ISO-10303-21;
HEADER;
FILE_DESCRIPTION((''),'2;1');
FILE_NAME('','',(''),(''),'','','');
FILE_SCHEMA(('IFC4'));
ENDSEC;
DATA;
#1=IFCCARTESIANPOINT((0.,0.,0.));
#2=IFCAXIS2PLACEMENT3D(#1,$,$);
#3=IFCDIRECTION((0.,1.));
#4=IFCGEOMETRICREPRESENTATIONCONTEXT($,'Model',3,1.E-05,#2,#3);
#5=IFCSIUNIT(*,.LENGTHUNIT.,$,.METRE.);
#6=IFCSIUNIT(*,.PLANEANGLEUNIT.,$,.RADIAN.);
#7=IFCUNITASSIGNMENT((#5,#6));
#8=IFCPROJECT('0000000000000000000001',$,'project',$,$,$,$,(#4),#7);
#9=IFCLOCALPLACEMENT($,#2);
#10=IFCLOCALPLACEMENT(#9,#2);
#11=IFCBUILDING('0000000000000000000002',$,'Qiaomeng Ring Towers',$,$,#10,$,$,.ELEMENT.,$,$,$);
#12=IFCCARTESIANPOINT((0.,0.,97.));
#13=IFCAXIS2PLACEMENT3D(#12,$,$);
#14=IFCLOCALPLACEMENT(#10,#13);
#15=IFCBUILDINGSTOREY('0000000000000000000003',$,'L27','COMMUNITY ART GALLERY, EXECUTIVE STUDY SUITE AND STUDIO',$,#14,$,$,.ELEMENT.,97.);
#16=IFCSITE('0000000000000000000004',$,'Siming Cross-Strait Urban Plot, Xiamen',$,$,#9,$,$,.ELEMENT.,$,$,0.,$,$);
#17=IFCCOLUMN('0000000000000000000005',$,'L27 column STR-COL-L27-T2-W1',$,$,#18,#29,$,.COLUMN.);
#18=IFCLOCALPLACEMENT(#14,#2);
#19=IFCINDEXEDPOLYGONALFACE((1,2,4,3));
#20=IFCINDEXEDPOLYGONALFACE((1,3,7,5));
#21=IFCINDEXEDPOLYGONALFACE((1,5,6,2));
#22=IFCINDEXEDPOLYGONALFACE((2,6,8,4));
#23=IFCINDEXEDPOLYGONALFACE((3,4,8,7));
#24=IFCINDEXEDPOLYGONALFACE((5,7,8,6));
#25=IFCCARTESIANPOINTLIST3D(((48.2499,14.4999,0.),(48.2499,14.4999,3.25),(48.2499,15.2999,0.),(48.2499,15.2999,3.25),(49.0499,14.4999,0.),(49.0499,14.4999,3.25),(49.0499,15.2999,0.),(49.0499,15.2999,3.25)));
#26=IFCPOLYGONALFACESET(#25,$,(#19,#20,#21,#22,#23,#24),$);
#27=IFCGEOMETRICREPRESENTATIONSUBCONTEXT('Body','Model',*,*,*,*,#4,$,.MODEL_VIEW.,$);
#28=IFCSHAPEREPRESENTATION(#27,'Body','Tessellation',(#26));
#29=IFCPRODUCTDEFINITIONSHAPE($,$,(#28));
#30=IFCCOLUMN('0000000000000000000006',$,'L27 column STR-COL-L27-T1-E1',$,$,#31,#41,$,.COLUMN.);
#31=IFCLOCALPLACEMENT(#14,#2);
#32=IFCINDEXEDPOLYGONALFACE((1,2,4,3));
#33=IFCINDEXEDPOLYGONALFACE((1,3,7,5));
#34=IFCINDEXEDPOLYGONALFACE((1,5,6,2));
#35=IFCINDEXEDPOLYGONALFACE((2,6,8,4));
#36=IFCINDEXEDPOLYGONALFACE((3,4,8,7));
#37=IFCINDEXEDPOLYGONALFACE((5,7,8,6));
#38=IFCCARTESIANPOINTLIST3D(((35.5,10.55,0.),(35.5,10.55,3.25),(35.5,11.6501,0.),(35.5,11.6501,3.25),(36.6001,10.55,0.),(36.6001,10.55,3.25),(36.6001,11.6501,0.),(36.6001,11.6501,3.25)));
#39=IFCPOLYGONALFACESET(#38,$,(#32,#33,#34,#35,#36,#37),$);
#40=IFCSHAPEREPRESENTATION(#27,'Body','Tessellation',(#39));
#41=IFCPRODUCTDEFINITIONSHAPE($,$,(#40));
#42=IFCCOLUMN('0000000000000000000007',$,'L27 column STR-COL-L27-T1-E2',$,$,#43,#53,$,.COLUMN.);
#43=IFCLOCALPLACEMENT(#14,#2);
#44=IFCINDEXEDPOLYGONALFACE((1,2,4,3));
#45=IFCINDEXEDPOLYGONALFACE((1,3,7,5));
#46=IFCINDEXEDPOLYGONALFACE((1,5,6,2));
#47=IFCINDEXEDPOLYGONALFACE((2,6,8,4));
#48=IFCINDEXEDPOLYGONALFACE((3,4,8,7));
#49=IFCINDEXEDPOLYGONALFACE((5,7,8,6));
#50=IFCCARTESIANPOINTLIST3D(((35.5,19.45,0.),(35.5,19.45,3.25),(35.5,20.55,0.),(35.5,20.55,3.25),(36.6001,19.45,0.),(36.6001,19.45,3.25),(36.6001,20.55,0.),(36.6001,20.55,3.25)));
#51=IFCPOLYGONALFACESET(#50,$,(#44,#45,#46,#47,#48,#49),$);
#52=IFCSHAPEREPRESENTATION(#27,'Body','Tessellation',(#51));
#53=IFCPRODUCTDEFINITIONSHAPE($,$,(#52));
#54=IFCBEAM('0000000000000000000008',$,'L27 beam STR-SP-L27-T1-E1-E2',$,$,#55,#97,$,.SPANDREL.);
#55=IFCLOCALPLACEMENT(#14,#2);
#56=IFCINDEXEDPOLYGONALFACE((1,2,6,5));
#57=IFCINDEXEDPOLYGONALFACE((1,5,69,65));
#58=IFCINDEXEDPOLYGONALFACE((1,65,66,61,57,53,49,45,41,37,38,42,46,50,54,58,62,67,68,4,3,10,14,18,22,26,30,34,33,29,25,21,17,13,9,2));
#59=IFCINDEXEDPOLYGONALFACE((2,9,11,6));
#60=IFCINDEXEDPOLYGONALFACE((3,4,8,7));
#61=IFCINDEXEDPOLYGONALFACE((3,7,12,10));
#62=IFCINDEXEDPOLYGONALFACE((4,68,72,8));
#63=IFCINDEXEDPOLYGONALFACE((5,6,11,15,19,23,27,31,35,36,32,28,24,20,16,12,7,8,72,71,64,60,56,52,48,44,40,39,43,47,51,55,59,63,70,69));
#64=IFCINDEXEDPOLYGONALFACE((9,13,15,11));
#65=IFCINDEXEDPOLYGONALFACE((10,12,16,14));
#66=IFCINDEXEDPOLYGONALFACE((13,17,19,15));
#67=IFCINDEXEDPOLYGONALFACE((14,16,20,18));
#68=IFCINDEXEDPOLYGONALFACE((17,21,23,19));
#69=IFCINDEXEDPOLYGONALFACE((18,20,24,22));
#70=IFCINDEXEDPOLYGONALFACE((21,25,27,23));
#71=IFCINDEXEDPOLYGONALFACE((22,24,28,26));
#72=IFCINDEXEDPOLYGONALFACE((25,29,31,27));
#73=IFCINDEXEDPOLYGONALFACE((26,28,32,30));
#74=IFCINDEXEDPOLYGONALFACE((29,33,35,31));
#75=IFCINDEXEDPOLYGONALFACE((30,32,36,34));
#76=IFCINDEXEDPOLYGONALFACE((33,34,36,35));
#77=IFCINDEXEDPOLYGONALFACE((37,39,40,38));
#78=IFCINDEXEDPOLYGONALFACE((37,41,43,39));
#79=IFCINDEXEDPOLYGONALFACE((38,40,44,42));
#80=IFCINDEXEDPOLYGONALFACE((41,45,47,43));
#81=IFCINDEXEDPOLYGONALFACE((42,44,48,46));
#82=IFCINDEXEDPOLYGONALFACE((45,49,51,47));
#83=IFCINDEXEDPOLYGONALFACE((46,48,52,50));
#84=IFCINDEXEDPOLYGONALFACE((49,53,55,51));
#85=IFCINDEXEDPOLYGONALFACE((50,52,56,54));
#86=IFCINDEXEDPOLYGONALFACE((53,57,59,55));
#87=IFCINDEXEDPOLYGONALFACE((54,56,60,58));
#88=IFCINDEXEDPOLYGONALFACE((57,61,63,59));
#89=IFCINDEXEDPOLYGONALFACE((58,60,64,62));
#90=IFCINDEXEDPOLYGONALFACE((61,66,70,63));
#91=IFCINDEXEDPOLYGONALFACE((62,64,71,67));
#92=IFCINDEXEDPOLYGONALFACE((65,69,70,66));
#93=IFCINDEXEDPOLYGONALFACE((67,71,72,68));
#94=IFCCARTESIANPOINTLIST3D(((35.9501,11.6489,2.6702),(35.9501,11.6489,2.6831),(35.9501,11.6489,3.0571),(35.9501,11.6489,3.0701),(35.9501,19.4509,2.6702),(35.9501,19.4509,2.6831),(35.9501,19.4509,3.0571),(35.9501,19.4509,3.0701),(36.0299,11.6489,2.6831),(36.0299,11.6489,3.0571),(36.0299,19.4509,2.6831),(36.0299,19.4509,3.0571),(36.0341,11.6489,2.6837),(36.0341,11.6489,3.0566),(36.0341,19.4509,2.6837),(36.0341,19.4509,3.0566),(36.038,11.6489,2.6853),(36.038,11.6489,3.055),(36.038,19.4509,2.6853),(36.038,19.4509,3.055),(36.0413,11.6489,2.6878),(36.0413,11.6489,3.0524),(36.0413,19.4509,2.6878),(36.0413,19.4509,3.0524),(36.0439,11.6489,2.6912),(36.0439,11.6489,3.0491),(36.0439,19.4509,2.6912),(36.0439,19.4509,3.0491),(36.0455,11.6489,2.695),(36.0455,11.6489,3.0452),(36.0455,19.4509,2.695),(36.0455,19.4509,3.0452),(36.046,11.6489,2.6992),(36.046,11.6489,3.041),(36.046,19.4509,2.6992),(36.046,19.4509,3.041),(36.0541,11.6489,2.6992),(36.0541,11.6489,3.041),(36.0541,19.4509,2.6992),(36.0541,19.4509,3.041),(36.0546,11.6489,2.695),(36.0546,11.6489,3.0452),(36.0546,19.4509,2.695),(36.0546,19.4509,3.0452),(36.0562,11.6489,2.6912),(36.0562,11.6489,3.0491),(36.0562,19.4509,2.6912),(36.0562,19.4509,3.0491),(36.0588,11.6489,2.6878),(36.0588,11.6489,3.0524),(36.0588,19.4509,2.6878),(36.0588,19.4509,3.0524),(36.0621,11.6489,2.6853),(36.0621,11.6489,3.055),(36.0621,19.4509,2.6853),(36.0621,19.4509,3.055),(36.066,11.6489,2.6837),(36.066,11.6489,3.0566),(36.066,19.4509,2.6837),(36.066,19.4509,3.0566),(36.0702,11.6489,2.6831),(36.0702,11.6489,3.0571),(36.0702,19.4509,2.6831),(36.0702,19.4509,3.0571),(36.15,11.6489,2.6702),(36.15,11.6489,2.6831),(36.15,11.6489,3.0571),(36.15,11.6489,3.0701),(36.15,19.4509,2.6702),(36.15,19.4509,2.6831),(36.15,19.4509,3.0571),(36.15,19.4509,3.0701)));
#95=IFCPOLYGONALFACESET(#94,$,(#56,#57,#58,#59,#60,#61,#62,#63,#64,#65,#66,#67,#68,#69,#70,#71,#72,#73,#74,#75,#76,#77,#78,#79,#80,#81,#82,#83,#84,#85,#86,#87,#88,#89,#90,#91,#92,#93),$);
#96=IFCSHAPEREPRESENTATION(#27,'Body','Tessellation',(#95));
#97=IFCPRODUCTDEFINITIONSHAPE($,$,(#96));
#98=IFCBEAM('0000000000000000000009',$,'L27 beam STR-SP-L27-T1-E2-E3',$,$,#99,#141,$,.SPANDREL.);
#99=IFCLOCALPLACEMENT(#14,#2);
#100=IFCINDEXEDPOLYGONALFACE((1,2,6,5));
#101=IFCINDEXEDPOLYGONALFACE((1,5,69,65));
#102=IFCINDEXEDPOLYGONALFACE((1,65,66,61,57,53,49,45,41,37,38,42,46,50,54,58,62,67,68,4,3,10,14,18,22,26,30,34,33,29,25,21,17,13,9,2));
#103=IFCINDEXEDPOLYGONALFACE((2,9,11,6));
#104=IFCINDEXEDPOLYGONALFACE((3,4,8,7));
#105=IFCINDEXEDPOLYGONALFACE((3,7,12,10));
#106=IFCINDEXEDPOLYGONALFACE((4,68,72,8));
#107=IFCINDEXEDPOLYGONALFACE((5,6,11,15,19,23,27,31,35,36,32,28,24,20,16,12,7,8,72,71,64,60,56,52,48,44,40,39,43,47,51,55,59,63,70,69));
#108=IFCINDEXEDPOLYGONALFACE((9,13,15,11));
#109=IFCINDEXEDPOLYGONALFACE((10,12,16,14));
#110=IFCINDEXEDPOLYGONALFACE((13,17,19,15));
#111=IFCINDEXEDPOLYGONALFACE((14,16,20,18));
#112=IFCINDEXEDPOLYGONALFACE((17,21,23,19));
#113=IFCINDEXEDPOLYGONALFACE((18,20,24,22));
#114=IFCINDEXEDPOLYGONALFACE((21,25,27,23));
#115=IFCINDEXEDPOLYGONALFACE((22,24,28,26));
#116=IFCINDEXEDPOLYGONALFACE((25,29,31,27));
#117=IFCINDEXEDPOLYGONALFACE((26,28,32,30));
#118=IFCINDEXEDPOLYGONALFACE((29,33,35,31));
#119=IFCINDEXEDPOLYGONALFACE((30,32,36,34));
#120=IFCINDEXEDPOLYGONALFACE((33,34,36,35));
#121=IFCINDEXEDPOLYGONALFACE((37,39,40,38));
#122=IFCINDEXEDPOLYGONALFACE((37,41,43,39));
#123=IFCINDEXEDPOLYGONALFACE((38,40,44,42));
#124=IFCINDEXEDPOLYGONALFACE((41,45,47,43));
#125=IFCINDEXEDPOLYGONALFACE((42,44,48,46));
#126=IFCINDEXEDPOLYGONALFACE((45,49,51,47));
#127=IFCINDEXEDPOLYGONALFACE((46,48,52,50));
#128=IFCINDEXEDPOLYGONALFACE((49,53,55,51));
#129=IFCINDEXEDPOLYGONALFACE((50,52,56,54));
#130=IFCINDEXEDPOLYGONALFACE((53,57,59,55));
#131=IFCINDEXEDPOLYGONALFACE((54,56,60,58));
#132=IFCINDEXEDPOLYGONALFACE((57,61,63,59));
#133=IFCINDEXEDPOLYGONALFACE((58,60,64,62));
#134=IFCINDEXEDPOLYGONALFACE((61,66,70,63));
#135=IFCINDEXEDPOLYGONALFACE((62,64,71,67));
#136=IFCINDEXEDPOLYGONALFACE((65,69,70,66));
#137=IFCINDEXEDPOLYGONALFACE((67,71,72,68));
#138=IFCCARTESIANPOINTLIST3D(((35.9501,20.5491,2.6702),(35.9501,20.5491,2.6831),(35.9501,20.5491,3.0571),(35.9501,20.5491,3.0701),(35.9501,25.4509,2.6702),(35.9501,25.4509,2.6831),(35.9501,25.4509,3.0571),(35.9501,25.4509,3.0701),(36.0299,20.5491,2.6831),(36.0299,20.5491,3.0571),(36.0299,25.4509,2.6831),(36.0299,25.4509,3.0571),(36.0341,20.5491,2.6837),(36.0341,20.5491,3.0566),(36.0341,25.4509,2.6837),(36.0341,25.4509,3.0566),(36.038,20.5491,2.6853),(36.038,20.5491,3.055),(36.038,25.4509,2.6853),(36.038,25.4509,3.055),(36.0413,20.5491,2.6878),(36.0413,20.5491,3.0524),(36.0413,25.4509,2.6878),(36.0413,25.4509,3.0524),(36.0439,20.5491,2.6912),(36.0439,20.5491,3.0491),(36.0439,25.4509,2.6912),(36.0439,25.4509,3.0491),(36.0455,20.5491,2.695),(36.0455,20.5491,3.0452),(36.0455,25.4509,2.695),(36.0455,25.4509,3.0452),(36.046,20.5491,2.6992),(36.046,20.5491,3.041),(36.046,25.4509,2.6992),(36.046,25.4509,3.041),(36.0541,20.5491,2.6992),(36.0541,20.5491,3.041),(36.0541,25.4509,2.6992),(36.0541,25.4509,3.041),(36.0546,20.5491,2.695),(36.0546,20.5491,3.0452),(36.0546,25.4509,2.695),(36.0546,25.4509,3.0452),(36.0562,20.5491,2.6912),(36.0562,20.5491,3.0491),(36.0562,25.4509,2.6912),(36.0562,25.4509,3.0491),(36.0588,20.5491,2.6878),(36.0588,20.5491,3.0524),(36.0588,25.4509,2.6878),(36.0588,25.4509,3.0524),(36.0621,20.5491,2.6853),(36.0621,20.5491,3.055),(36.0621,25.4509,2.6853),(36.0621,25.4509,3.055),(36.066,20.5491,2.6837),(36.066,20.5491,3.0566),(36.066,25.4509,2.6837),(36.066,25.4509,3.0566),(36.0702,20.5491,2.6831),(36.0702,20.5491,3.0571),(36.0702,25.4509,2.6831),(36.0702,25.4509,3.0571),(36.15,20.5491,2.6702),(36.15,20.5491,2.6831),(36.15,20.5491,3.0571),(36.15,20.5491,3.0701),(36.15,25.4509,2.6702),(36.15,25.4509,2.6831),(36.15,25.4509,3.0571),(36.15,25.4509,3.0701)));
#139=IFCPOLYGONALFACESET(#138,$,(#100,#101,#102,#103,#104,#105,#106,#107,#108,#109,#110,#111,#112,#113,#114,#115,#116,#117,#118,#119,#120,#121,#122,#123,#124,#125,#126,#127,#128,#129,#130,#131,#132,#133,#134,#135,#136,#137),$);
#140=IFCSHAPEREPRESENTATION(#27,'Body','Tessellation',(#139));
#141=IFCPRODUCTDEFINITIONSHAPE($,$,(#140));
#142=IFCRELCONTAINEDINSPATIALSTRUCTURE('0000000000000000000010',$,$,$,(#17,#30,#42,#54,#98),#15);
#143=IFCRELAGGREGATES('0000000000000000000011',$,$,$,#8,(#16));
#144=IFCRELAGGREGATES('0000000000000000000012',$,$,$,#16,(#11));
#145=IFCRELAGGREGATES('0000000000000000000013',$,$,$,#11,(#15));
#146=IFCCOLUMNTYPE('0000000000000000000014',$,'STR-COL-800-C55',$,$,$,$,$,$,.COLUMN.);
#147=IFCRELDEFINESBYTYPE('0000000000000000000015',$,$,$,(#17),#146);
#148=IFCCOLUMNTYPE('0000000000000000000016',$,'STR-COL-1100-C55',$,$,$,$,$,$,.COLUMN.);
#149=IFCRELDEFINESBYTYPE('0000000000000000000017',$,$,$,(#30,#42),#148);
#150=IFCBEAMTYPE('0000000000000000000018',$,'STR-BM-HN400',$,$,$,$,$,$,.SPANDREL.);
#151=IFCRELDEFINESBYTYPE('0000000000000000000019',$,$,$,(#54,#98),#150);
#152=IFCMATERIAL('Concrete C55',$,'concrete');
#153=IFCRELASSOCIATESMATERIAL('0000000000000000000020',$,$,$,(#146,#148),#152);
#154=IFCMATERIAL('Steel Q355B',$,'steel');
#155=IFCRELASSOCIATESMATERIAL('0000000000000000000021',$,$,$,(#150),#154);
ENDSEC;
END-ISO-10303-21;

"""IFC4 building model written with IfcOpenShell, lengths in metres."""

from ifc_helpers import new_model, si_unit, direction, frame, origin, origin_2d, place, context, subcontext, project, spatial, rectangle, i_section, extrude, source, transform, mapped, material, material_profile, profile_set, type_object, element, save


model = new_model("IFC4")

# Units and contexts
model_context = context("Model", 3, precision=1e-05, world=origin(), true_north=direction((0.0, 1.0)))
body_context = subcontext(model_context, "Body", "Model", "MODEL_VIEW")
ifc_project = project(units=[si_unit("LENGTHUNIT", "METRE"), si_unit("PLANEANGLEUNIT", "RADIAN")], contexts=[model_context])

# Site, building, storey
site_placement = place(None, origin())
site = spatial("IfcSite", under=ifc_project, at=site_placement, Name="Siming Cross-Strait Urban Plot, Xiamen", CompositionType="ELEMENT", RefElevation=0.0)
building_placement = place(site_placement, origin())
building = spatial("IfcBuilding", under=site, at=building_placement, Name="Qiaomeng Ring Towers", CompositionType="ELEMENT")
storey_placement = place(building_placement, frame((0.0, 0.0, 97.0)))
storey = spatial("IfcBuildingStorey", under=building, at=storey_placement, Name="L27", Description="COMMUNITY ART GALLERY, EXECUTIVE STUDY SUITE AND STUDIO", CompositionType="ELEMENT", Elevation=97.0)

# Columns
ifc_material_1 = material(Name="Concrete C55", Category="concrete")
ifc_material_profile_1 = material_profile(ifc_material_1, rectangle(XDim=0.8, YDim=0.8, at=origin_2d()), Name="RC COL 800x800")
ifc_profile_set_1 = profile_set([ifc_material_profile_1], Name="Concrete C55")
column_type_1 = type_object("IfcColumnType", Name="STR-COL-800-C55", PredefinedType="COLUMN", material=ifc_profile_set_1)
shared_shape_1 = source(origin(), body_context, "Body", "SweptSolid", [
    extrude(rectangle(XDim=0.8, YDim=0.8, at=origin_2d()), origin(), (0.0, 0.0, 1.0), 3.25),
])
column_placement = place(storey_placement, frame((48.6499, 14.8999, 0.0), z_axis=(0.0, 0.0, 1.0), x_axis=(1.0, 0.0, 0.0)))
element("IfcColumn", 1, at=column_placement, inside=storey, type_object=column_type_1, Name="L27 column STR-COL-L27-T2-W1", PredefinedType="COLUMN", context=body_context, shape_type="MappedRepresentation", body=[
    mapped(shared_shape_1, transform((0.0, 0.0, 0.0), x_axis=(1.0, 0.0, 0.0), y_axis=(0.0, 1.0, 0.0), z_axis=(0.0, 0.0, 1.0), scale=1.0)),
])
ifc_material_profile_2 = material_profile(ifc_material_1, rectangle(XDim=1.1001, YDim=1.1001, at=origin_2d()), Name="RC COL 1100x1100")
ifc_profile_set_2 = profile_set([ifc_material_profile_2], Name="Concrete C55")
column_type_2 = type_object("IfcColumnType", Name="STR-COL-1100-C55", PredefinedType="COLUMN", material=ifc_profile_set_2)
shared_shape_2 = source(origin(), body_context, "Body", "SweptSolid", [
    extrude(rectangle(XDim=1.1001, YDim=1.1001, at=origin_2d()), origin(), (0.0, 0.0, 1.0), 3.25),
])
for number, where, z_axis, x_axis, name in (
    (2, (36.05, 11.1001, 0.0), (0.0, 0.0, 1.0), (1.0, 0.0, 0.0), "L27 column STR-COL-L27-T1-E1"),
    (3, (36.05, 20.0, 0.0), (0.0, 0.0, 1.0), (1.0, 0.0, 0.0), "L27 column STR-COL-L27-T1-E2"),
):
    element("IfcColumn", number, at=place(storey_placement, frame(where, z_axis=z_axis, x_axis=x_axis)), inside=storey, type_object=column_type_2, Name=name, PredefinedType="COLUMN", context=body_context, shape_type="MappedRepresentation", body=[
        mapped(shared_shape_2, transform((0.0, 0.0, 0.0), x_axis=(1.0, 0.0, 0.0), y_axis=(0.0, 1.0, 0.0), z_axis=(0.0, 0.0, 1.0), scale=1.0)),
    ])

# Beams
ifc_material_2 = material(Name="Steel Q355B", Category="steel")
ifc_material_profile_3 = material_profile(ifc_material_2, i_section(OverallWidth=0.2, OverallDepth=0.3999, WebThickness=0.0081, FlangeThickness=0.0129, FilletRadius=0.0161, at=origin_2d()), Name="HN 400x200x8x13")
ifc_profile_set_3 = profile_set([ifc_material_profile_3], Name="Steel Q355B")
beam_type_1 = type_object("IfcBeamType", Name="STR-BM-HN400", PredefinedType="SPANDREL", material=ifc_profile_set_3)
shared_shape_3 = source(origin(), body_context, "Body", "SweptSolid", [
    extrude(i_section(OverallWidth=0.2, OverallDepth=0.3999, WebThickness=0.0081, FlangeThickness=0.0129, FilletRadius=0.0161, at=origin_2d()), origin(), (0.0, 0.0, 1.0), 7.802),
])
beam_1_placement = place(storey_placement, frame((36.05, 11.6489, 2.8701), z_axis=(0.0, 1.0, 0.0), x_axis=(-1.0, 0.0, 0.0)))
element("IfcBeam", 4, at=beam_1_placement, inside=storey, type_object=beam_type_1, Name="L27 beam STR-SP-L27-T1-E1-E2", PredefinedType="SPANDREL", context=body_context, shape_type="MappedRepresentation", body=[
    mapped(shared_shape_3, transform((0.0, 0.0, 0.0), x_axis=(1.0, 0.0, 0.0), y_axis=(0.0, 1.0, 0.0), z_axis=(0.0, 0.0, 1.0), scale=1.0)),
])
shared_shape_4 = source(origin(), body_context, "Body", "SweptSolid", [
    extrude(i_section(OverallWidth=0.2, OverallDepth=0.3999, WebThickness=0.0081, FlangeThickness=0.0129, FilletRadius=0.0161, at=origin_2d()), origin(), (0.0, 0.0, 1.0), 4.9019),
])
beam_2_placement = place(storey_placement, frame((36.05, 20.5491, 2.8701), z_axis=(0.0, 1.0, 0.0), x_axis=(-1.0, 0.0, 0.0)))
element("IfcBeam", 5, at=beam_2_placement, inside=storey, type_object=beam_type_1, Name="L27 beam STR-SP-L27-T1-E2-E3", PredefinedType="SPANDREL", context=body_context, shape_type="MappedRepresentation", body=[
    mapped(shared_shape_4, transform((0.0, 0.0, 0.0), x_axis=(1.0, 0.0, 0.0), y_axis=(0.0, 1.0, 0.0), z_axis=(0.0, 0.0, 1.0), scale=1.0)),
])

save(model, "model.ifc")
